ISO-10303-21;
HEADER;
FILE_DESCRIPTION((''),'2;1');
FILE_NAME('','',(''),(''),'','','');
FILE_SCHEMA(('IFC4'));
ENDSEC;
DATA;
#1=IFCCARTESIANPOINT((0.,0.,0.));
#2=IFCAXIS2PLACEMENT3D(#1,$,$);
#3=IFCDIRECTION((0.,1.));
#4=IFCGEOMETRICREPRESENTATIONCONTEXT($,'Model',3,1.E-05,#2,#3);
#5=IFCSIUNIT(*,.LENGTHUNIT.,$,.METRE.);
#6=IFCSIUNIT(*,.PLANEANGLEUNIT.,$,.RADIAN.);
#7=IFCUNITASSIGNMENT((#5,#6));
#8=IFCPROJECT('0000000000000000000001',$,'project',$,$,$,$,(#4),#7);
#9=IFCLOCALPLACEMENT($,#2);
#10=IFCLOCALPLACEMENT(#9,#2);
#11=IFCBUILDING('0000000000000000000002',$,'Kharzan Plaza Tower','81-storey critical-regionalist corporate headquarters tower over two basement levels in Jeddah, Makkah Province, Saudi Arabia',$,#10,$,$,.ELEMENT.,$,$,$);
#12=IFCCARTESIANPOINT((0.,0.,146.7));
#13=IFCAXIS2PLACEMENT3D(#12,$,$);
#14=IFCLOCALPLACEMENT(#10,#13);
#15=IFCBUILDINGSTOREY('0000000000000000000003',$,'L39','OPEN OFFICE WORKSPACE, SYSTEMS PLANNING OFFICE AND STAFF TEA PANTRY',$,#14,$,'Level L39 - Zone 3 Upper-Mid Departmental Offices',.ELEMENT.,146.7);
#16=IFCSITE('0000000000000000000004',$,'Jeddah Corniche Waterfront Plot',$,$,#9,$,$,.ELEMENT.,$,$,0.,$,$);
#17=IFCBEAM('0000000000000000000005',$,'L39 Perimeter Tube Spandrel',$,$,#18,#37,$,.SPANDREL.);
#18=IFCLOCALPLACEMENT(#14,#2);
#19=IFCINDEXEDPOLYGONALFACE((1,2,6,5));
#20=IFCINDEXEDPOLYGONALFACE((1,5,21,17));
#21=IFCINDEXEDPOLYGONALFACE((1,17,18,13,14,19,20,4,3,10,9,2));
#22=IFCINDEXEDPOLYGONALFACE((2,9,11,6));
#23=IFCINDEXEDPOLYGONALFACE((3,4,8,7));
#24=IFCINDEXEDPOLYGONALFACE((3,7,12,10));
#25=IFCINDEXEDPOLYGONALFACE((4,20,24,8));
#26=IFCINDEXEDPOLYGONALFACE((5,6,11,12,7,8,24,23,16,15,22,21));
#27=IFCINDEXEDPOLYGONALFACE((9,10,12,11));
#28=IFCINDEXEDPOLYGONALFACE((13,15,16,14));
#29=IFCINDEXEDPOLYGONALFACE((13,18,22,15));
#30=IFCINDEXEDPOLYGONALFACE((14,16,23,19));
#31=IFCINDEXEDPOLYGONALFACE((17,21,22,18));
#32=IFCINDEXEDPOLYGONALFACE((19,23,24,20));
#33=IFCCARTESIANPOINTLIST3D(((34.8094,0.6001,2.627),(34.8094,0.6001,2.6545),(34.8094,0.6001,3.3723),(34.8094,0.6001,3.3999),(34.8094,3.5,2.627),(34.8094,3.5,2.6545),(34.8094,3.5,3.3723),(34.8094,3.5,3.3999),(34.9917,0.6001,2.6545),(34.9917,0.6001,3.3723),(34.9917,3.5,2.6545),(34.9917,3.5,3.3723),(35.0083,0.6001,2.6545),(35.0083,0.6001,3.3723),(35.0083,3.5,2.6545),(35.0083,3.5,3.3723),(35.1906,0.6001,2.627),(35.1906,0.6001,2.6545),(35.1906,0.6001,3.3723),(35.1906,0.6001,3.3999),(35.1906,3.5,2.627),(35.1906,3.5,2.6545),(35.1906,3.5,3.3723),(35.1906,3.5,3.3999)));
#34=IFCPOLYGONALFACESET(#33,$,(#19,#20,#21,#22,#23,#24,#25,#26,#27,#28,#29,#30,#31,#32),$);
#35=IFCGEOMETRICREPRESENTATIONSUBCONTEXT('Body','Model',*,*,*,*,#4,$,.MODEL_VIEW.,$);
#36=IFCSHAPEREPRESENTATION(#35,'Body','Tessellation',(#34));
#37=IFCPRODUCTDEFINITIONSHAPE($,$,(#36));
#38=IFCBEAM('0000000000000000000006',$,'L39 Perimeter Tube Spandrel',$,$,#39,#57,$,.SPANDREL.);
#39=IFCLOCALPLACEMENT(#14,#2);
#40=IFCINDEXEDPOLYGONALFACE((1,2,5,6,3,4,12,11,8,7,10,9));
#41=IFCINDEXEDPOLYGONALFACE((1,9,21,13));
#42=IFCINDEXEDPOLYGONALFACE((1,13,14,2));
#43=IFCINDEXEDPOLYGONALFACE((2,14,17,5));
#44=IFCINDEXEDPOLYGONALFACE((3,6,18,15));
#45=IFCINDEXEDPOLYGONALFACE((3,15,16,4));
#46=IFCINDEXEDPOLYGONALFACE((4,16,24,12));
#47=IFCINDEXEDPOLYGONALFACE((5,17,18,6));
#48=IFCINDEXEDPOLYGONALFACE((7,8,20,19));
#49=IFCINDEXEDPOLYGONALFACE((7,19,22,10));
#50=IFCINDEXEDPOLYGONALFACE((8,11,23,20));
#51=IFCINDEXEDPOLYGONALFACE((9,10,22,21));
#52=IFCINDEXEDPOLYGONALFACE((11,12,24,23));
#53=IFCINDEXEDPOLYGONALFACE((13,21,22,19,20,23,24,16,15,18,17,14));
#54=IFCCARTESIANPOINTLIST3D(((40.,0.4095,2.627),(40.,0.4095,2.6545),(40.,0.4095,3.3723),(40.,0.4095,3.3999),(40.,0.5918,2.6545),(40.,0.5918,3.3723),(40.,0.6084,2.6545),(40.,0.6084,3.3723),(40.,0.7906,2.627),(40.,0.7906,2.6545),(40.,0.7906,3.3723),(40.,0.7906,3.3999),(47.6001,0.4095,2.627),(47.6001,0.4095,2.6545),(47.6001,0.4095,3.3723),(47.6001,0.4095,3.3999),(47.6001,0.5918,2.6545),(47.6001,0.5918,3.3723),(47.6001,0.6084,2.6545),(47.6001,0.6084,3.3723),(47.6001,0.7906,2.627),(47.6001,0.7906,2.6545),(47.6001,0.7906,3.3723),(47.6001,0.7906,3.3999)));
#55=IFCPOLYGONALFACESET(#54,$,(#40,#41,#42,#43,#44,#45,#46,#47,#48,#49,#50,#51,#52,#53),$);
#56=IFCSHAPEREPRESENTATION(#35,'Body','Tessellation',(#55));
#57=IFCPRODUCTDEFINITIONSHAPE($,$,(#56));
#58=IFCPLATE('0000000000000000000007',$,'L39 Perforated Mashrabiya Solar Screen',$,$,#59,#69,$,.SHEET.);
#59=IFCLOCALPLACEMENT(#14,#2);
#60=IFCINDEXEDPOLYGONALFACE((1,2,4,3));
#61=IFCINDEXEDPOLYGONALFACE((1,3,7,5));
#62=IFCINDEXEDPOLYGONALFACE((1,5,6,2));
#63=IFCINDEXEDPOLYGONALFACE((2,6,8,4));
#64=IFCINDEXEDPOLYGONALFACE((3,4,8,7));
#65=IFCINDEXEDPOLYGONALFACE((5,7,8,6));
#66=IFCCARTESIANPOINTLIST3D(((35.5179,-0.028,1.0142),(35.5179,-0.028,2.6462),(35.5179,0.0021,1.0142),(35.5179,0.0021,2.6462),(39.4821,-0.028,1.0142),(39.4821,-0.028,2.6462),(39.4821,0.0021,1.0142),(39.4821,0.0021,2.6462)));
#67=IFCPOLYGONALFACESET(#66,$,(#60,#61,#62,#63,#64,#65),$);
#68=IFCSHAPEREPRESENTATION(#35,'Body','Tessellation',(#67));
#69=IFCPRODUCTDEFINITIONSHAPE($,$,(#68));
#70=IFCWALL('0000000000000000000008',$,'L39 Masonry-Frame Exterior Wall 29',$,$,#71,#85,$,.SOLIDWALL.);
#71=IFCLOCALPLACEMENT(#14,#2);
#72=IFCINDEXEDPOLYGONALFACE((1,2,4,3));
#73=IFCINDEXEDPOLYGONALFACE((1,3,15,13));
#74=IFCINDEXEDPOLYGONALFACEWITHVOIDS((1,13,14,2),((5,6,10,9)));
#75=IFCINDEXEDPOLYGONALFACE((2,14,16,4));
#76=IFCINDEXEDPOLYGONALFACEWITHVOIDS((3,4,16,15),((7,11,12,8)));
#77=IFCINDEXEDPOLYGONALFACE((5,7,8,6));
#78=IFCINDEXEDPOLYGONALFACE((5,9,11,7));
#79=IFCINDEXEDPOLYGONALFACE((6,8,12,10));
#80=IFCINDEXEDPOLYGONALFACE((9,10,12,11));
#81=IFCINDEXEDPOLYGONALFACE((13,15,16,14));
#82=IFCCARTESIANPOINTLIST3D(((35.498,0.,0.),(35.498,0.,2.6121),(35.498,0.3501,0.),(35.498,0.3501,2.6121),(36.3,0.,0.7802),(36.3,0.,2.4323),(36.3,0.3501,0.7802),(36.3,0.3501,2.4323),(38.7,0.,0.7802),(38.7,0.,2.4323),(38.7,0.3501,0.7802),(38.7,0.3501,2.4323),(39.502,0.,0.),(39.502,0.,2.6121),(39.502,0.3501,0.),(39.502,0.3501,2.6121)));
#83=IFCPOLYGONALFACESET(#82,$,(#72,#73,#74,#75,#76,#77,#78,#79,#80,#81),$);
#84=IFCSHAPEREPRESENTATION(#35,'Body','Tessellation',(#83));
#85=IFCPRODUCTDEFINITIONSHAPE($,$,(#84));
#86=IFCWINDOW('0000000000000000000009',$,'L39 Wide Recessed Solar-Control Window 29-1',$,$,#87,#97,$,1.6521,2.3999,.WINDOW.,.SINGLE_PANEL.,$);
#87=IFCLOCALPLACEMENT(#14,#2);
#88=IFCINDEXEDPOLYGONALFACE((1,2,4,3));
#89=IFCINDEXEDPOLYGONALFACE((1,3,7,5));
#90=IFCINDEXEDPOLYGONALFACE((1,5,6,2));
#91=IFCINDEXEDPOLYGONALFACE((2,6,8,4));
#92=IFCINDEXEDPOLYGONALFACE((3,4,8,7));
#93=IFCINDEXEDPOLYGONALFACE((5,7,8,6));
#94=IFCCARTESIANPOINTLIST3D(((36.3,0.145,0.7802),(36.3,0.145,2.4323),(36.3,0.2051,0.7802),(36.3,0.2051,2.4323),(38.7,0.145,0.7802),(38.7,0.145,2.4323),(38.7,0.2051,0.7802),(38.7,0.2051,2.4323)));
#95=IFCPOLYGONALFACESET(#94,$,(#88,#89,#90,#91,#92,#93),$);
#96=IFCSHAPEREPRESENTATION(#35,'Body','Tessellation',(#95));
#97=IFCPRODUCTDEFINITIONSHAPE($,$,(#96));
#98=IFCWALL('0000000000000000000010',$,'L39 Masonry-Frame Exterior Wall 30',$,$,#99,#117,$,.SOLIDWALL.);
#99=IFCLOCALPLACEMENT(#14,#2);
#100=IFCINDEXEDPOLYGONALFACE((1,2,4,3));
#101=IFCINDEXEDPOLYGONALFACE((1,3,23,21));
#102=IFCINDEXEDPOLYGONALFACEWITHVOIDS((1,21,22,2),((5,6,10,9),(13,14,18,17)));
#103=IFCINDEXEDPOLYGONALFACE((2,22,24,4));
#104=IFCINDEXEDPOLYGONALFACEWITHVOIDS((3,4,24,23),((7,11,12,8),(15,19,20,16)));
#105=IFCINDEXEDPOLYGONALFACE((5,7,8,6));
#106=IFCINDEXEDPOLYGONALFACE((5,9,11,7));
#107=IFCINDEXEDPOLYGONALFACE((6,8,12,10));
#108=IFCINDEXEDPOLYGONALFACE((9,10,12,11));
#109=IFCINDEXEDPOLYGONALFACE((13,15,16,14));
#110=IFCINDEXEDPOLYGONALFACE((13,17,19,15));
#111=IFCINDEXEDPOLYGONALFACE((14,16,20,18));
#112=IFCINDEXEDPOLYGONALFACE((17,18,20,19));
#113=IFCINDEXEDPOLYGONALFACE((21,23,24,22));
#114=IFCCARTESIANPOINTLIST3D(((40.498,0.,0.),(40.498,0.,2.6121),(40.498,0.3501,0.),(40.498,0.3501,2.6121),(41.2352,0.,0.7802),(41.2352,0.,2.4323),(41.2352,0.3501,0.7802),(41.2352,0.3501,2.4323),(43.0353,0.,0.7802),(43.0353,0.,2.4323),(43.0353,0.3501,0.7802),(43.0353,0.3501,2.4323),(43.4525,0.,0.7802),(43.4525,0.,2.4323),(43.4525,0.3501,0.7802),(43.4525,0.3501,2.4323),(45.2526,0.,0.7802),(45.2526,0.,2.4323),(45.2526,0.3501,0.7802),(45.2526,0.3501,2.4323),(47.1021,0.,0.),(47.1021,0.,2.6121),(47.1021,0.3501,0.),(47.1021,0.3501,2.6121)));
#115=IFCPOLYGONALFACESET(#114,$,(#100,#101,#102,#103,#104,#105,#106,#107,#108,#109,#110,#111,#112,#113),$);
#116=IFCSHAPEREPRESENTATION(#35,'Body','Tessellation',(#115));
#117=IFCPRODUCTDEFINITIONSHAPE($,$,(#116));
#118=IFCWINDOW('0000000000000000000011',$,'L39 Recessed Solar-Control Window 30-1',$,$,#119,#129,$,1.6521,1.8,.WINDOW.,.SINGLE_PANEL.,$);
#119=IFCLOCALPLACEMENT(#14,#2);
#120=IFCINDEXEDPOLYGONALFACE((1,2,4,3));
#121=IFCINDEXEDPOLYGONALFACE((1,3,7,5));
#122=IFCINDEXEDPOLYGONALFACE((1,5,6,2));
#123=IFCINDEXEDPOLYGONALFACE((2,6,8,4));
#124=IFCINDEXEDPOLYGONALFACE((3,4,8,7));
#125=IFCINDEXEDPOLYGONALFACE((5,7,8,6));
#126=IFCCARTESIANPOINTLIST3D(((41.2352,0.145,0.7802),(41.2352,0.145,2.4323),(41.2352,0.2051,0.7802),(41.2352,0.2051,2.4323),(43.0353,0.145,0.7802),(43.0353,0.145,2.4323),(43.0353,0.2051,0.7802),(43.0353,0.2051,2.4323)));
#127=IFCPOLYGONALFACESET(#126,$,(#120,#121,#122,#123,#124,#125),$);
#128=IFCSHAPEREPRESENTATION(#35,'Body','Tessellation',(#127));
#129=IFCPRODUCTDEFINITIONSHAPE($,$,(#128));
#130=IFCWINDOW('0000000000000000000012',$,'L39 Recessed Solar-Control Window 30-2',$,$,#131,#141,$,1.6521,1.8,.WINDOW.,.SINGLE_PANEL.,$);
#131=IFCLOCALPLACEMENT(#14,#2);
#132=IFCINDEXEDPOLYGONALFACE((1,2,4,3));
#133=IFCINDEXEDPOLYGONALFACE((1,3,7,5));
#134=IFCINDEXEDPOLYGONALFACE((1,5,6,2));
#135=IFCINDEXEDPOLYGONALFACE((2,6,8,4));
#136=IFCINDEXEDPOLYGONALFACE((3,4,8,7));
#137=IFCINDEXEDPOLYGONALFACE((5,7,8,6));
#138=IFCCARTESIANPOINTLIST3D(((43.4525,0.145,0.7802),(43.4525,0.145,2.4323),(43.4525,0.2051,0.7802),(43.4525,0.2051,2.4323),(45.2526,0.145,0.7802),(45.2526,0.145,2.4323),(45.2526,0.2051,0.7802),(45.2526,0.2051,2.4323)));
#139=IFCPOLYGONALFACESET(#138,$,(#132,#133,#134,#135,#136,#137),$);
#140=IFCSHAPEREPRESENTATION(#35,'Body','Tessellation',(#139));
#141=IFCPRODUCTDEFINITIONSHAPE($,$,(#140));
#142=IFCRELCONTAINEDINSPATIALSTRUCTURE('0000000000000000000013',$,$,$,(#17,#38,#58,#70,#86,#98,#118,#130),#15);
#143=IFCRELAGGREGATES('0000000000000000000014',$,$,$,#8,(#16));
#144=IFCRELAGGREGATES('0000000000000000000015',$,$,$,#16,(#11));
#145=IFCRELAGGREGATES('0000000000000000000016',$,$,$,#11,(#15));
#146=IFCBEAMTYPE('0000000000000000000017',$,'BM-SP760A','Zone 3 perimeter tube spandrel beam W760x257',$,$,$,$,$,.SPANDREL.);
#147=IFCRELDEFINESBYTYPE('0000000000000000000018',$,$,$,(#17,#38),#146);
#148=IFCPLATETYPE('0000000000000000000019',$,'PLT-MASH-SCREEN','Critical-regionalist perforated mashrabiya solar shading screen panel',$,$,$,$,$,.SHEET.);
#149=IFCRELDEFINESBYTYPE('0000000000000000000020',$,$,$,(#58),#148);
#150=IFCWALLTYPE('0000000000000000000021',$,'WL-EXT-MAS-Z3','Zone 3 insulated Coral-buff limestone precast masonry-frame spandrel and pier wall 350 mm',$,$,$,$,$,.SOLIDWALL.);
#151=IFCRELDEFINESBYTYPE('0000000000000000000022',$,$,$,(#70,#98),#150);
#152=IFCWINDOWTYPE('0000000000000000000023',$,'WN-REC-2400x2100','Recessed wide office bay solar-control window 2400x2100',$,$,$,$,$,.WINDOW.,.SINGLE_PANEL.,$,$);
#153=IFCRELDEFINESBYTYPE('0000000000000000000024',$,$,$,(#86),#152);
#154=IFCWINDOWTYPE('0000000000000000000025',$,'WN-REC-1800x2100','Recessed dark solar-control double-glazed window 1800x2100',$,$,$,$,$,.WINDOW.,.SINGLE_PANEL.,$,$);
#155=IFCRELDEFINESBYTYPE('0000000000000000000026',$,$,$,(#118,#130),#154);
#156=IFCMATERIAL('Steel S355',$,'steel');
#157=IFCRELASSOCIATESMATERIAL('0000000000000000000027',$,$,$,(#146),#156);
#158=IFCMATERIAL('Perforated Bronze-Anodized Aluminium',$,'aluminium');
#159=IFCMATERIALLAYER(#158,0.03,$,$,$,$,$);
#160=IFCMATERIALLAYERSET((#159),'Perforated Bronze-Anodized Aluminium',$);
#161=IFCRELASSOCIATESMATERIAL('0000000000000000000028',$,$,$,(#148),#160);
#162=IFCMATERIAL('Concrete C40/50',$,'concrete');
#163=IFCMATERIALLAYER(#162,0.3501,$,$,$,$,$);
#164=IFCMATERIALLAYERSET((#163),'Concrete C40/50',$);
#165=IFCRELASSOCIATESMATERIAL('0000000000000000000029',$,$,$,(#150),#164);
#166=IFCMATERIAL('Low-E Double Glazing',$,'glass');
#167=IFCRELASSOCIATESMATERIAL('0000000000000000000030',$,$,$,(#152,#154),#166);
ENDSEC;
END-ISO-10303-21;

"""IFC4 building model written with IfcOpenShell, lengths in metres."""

from ifc_helpers import new_model, si_unit, direction, frame, frame_2d, origin, origin_2d, place, context, subcontext, project, spatial, rectangle, i_section, extrude, source, transform, mapped, material, layer, layer_set, material_profile, profile_set, type_object, element, fill, save


model = new_model("IFC4")

# Units and contexts
model_context = context("Model", 3, precision=1e-05, world=origin(), true_north=direction((0.0, 1.0)))
body_context = subcontext(model_context, "Body", "Model", "MODEL_VIEW")
ifc_project = project(units=[si_unit("LENGTHUNIT", "METRE"), si_unit("PLANEANGLEUNIT", "RADIAN")], contexts=[model_context])

# Site, building, storey
site_placement = place(None, origin())
site = spatial("IfcSite", under=ifc_project, at=site_placement, Name="Jeddah Corniche Waterfront Plot", CompositionType="ELEMENT", RefElevation=0.0)
building_placement = place(site_placement, origin())
building = spatial("IfcBuilding", under=site, at=building_placement, Name="Kharzan Plaza Tower", Description="81-storey critical-regionalist corporate headquarters tower over two basement levels in Jeddah, Makkah Province, Saudi Arabia", CompositionType="ELEMENT")
storey_placement = place(building_placement, frame((0.0, 0.0, 146.7)))
storey = spatial("IfcBuildingStorey", under=building, at=storey_placement, Name="L39", Description="OPEN OFFICE WORKSPACE, SYSTEMS PLANNING OFFICE AND STAFF TEA PANTRY", LongName="Level L39 - Zone 3 Upper-Mid Departmental Offices", CompositionType="ELEMENT", Elevation=146.7)

# Shared definitions
ifc_material_1 = material(Name="Steel S355", Category="steel")

# Beams
ifc_material_profile_1 = material_profile(ifc_material_1, i_section(OverallWidth=0.3811, OverallDepth=0.7729, WebThickness=0.0166, FlangeThickness=0.0276, at=origin_2d()), Name="W760x257")
ifc_profile_set_1 = profile_set([ifc_material_profile_1], Name="Steel S355")
beam_type_1 = type_object("IfcBeamType", Name="BM-SP760A", Description="Zone 3 perimeter tube spandrel beam W760x257", PredefinedType="SPANDREL", material=ifc_profile_set_1)
shared_shape_1 = source(origin(), body_context, "Body", "SweptSolid", [
    extrude(i_section(OverallWidth=0.3811, OverallDepth=0.7729, WebThickness=0.0166, FlangeThickness=0.0276, at=origin_2d()), origin(), (0.0, 0.0, 1.0), 2.8999),
])
beam_1_placement = place(storey_placement, frame((35.0, 0.6001, 3.0134), z_axis=(0.0, 1.0, 0.0), x_axis=(-1.0, 0.0, 0.0)))
element("IfcBeam", 1, at=beam_1_placement, inside=storey, type_object=beam_type_1, Name="L39 Perimeter Tube Spandrel", PredefinedType="SPANDREL", context=body_context, shape_type="MappedRepresentation", body=[
    mapped(shared_shape_1, transform((0.0, 0.0, 0.0), x_axis=(1.0, 0.0, 0.0), y_axis=(0.0, 1.0, 0.0), z_axis=(0.0, 0.0, 1.0))),
])
shared_shape_2 = source(origin(), body_context, "Body", "SweptSolid", [
    extrude(i_section(OverallWidth=0.3811, OverallDepth=0.7729, WebThickness=0.0166, FlangeThickness=0.0276, at=origin_2d()), origin(), (0.0, 0.0, 1.0), 7.6001),
])
beam_2_placement = place(storey_placement, frame((40.0, 0.6001, 3.0134), z_axis=(1.0, 0.0, 0.0), x_axis=(0.0, 1.0, 0.0)))
element("IfcBeam", 2, at=beam_2_placement, inside=storey, type_object=beam_type_1, Name="L39 Perimeter Tube Spandrel", PredefinedType="SPANDREL", context=body_context, shape_type="MappedRepresentation", body=[
    mapped(shared_shape_2, transform((0.0, 0.0, 0.0), x_axis=(1.0, 0.0, 0.0), y_axis=(0.0, 1.0, 0.0), z_axis=(0.0, 0.0, 1.0))),
])

# Plate
ifc_material_2 = material(Name="Perforated Bronze-Anodized Aluminium", Category="aluminium")
ifc_layer_1 = layer(ifc_material_2, 0.03)
ifc_layer_set_1 = layer_set([ifc_layer_1], Name="Perforated Bronze-Anodized Aluminium")
plate_type = type_object("IfcPlateType", Name="PLT-MASH-SCREEN", Description="Critical-regionalist perforated mashrabiya solar shading screen panel", PredefinedType="SHEET", material=ifc_layer_set_1)
shared_shape_3 = source(origin(), body_context, "Body", "SweptSolid", [
    extrude(rectangle(XDim=3.9641, YDim=0.03, at=origin_2d()), origin(), (0.0, 0.0, 1.0), 1.6321),
])
plate_placement = place(storey_placement, frame((37.5, -0.0129, 1.0142), z_axis=(0.0, 0.0, 1.0), x_axis=(1.0, 0.0, 0.0)))
element("IfcPlate", 3, at=plate_placement, inside=storey, type_object=plate_type, Name="L39 Perforated Mashrabiya Solar Screen", PredefinedType="SHEET", context=body_context, shape_type="MappedRepresentation", body=[
    mapped(shared_shape_3, transform((0.0, 0.0, 0.0), x_axis=(1.0, 0.0, 0.0), y_axis=(0.0, 1.0, 0.0), z_axis=(0.0, 0.0, 1.0))),
])

# Wall, opening, window
ifc_material_3 = material(Name="Concrete C40/50", Category="concrete")
ifc_layer_2 = layer(ifc_material_3, 0.3501)
ifc_layer_set_2 = layer_set([ifc_layer_2], Name="Concrete C40/50")
wall_type_1 = type_object("IfcWallType", Name="WL-EXT-MAS-Z3", Description="Zone 3 insulated Coral-buff limestone precast masonry-frame spandrel and pier wall 350 mm", PredefinedType="SOLIDWALL", material=ifc_layer_set_2)
wall_1_placement = place(storey_placement, frame((35.498, 0.175, 0.0), z_axis=(0.0, 0.0, 1.0), x_axis=(1.0, 0.0, 0.0)))
wall_1 = element("IfcWall", 4, at=wall_1_placement, inside=storey, type_object=wall_type_1, Name="L39 Masonry-Frame Exterior Wall 29", PredefinedType="SOLIDWALL", context=body_context, shape_type="SweptSolid", body=[
    extrude(rectangle(XDim=4.0039, YDim=0.3501, at=frame_2d((2.002, 0.0))), origin(), (0.0, 0.0, 1.0), 2.6121),
])
opening_1_placement = place(wall_1_placement, frame((0.802, 0.0, 0.78)))
opening_1 = element("IfcOpeningElement", 5, at=opening_1_placement, cuts=wall_1, PredefinedType="OPENING", context=body_context, shape_type="SweptSolid", body=[
    extrude(rectangle(XDim=2.3999, YDim=1.6521, at=frame_2d((1.2, 0.8262))), frame((0.0, 0.1851, 0.0), z_axis=(0.0, -1.0, 0.0), x_axis=(1.0, 0.0, 0.0)), (0.0, 0.0, 1.0), 0.3701),
])
ifc_material_4 = material(Name="Low-E Double Glazing", Category="glass")
window_type_1 = type_object("IfcWindowType", Name="WN-REC-2400x2100", Description="Recessed wide office bay solar-control window 2400x2100", PartitioningType="SINGLE_PANEL", PredefinedType="WINDOW", material=ifc_material_4)
shared_shape_4 = source(origin(), body_context, "Body", "SweptSolid", [
    extrude(rectangle(XDim=2.3999, YDim=1.6521, at=frame_2d((1.2, 0.8262))), frame((0.0, 0.03, 0.0), z_axis=(0.0, -1.0, 0.0), x_axis=(1.0, 0.0, 0.0)), (0.0, 0.0, 1.0), 0.0601),
])
window_1_placement = place(opening_1_placement, origin())
window_1 = element("IfcWindow", 6, at=window_1_placement, inside=storey, type_object=window_type_1, Name="L39 Wide Recessed Solar-Control Window 29-1", OverallHeight=1.6521, OverallWidth=2.3999, PartitioningType="SINGLE_PANEL", PredefinedType="WINDOW", context=body_context, shape_type="MappedRepresentation", body=[
    mapped(shared_shape_4, transform((0.0, 0.0, 0.0), x_axis=(1.0, 0.0, 0.0), y_axis=(0.0, 1.0, 0.0), z_axis=(0.0, 0.0, 1.0))),
])
fill(opening_1, window_1)

# Wall, openings, windows
wall_2_placement = place(storey_placement, frame((40.498, 0.175, 0.0), z_axis=(0.0, 0.0, 1.0), x_axis=(1.0, 0.0, 0.0)))
wall_2 = element("IfcWall", 7, at=wall_2_placement, inside=storey, type_object=wall_type_1, Name="L39 Masonry-Frame Exterior Wall 30", PredefinedType="SOLIDWALL", context=body_context, shape_type="SweptSolid", body=[
    extrude(rectangle(XDim=6.604, YDim=0.3501, at=frame_2d((3.302, 0.0))), origin(), (0.0, 0.0, 1.0), 2.6121),
])
opening_2_placement = place(wall_2_placement, frame((0.7373, 0.0, 0.78)))
opening_2 = element("IfcOpeningElement", 8, at=opening_2_placement, cuts=wall_2, PredefinedType="OPENING", context=body_context, shape_type="SweptSolid", body=[
    extrude(rectangle(XDim=1.8, YDim=1.6521, at=frame_2d((0.8999, 0.8262))), frame((0.0, 0.1851, 0.0), z_axis=(0.0, -1.0, 0.0), x_axis=(1.0, 0.0, 0.0)), (0.0, 0.0, 1.0), 0.3701),
])
opening_3_placement = place(wall_2_placement, frame((2.9546, 0.0, 0.78)))
opening_3 = element("IfcOpeningElement", 9, at=opening_3_placement, cuts=wall_2, PredefinedType="OPENING", context=body_context, shape_type="SweptSolid", body=[
    extrude(rectangle(XDim=1.8, YDim=1.6521, at=frame_2d((0.8999, 0.8262))), frame((0.0, 0.1851, 0.0), z_axis=(0.0, -1.0, 0.0), x_axis=(1.0, 0.0, 0.0)), (0.0, 0.0, 1.0), 0.3701),
])
window_type_2 = type_object("IfcWindowType", Name="WN-REC-1800x2100", Description="Recessed dark solar-control double-glazed window 1800x2100", PartitioningType="SINGLE_PANEL", PredefinedType="WINDOW", material=ifc_material_4)
shared_shape_5 = source(origin(), body_context, "Body", "SweptSolid", [
    extrude(rectangle(XDim=1.8, YDim=1.6521, at=frame_2d((0.8999, 0.8262))), frame((0.0, 0.03, 0.0), z_axis=(0.0, -1.0, 0.0), x_axis=(1.0, 0.0, 0.0)), (0.0, 0.0, 1.0), 0.0601),
])
window_2_placement = place(opening_2_placement, origin())
window_2 = element("IfcWindow", 10, at=window_2_placement, inside=storey, type_object=window_type_2, Name="L39 Recessed Solar-Control Window 30-1", OverallHeight=1.6521, OverallWidth=1.8, PartitioningType="SINGLE_PANEL", PredefinedType="WINDOW", context=body_context, shape_type="MappedRepresentation", body=[
    mapped(shared_shape_5, transform((0.0, 0.0, 0.0), x_axis=(1.0, 0.0, 0.0), y_axis=(0.0, 1.0, 0.0), z_axis=(0.0, 0.0, 1.0))),
])
fill(opening_2, window_2)
window_3_placement = place(opening_3_placement, origin())
window_3 = element("IfcWindow", 11, at=window_3_placement, inside=storey, type_object=window_type_2, Name="L39 Recessed Solar-Control Window 30-2", OverallHeight=1.6521, OverallWidth=1.8, PartitioningType="SINGLE_PANEL", PredefinedType="WINDOW", context=body_context, shape_type="MappedRepresentation", body=[
    mapped(shared_shape_5, transform((0.0, 0.0, 0.0), x_axis=(1.0, 0.0, 0.0), y_axis=(0.0, 1.0, 0.0), z_axis=(0.0, 0.0, 1.0))),
])
fill(opening_3, window_3)

save(model, "model.ifc")
